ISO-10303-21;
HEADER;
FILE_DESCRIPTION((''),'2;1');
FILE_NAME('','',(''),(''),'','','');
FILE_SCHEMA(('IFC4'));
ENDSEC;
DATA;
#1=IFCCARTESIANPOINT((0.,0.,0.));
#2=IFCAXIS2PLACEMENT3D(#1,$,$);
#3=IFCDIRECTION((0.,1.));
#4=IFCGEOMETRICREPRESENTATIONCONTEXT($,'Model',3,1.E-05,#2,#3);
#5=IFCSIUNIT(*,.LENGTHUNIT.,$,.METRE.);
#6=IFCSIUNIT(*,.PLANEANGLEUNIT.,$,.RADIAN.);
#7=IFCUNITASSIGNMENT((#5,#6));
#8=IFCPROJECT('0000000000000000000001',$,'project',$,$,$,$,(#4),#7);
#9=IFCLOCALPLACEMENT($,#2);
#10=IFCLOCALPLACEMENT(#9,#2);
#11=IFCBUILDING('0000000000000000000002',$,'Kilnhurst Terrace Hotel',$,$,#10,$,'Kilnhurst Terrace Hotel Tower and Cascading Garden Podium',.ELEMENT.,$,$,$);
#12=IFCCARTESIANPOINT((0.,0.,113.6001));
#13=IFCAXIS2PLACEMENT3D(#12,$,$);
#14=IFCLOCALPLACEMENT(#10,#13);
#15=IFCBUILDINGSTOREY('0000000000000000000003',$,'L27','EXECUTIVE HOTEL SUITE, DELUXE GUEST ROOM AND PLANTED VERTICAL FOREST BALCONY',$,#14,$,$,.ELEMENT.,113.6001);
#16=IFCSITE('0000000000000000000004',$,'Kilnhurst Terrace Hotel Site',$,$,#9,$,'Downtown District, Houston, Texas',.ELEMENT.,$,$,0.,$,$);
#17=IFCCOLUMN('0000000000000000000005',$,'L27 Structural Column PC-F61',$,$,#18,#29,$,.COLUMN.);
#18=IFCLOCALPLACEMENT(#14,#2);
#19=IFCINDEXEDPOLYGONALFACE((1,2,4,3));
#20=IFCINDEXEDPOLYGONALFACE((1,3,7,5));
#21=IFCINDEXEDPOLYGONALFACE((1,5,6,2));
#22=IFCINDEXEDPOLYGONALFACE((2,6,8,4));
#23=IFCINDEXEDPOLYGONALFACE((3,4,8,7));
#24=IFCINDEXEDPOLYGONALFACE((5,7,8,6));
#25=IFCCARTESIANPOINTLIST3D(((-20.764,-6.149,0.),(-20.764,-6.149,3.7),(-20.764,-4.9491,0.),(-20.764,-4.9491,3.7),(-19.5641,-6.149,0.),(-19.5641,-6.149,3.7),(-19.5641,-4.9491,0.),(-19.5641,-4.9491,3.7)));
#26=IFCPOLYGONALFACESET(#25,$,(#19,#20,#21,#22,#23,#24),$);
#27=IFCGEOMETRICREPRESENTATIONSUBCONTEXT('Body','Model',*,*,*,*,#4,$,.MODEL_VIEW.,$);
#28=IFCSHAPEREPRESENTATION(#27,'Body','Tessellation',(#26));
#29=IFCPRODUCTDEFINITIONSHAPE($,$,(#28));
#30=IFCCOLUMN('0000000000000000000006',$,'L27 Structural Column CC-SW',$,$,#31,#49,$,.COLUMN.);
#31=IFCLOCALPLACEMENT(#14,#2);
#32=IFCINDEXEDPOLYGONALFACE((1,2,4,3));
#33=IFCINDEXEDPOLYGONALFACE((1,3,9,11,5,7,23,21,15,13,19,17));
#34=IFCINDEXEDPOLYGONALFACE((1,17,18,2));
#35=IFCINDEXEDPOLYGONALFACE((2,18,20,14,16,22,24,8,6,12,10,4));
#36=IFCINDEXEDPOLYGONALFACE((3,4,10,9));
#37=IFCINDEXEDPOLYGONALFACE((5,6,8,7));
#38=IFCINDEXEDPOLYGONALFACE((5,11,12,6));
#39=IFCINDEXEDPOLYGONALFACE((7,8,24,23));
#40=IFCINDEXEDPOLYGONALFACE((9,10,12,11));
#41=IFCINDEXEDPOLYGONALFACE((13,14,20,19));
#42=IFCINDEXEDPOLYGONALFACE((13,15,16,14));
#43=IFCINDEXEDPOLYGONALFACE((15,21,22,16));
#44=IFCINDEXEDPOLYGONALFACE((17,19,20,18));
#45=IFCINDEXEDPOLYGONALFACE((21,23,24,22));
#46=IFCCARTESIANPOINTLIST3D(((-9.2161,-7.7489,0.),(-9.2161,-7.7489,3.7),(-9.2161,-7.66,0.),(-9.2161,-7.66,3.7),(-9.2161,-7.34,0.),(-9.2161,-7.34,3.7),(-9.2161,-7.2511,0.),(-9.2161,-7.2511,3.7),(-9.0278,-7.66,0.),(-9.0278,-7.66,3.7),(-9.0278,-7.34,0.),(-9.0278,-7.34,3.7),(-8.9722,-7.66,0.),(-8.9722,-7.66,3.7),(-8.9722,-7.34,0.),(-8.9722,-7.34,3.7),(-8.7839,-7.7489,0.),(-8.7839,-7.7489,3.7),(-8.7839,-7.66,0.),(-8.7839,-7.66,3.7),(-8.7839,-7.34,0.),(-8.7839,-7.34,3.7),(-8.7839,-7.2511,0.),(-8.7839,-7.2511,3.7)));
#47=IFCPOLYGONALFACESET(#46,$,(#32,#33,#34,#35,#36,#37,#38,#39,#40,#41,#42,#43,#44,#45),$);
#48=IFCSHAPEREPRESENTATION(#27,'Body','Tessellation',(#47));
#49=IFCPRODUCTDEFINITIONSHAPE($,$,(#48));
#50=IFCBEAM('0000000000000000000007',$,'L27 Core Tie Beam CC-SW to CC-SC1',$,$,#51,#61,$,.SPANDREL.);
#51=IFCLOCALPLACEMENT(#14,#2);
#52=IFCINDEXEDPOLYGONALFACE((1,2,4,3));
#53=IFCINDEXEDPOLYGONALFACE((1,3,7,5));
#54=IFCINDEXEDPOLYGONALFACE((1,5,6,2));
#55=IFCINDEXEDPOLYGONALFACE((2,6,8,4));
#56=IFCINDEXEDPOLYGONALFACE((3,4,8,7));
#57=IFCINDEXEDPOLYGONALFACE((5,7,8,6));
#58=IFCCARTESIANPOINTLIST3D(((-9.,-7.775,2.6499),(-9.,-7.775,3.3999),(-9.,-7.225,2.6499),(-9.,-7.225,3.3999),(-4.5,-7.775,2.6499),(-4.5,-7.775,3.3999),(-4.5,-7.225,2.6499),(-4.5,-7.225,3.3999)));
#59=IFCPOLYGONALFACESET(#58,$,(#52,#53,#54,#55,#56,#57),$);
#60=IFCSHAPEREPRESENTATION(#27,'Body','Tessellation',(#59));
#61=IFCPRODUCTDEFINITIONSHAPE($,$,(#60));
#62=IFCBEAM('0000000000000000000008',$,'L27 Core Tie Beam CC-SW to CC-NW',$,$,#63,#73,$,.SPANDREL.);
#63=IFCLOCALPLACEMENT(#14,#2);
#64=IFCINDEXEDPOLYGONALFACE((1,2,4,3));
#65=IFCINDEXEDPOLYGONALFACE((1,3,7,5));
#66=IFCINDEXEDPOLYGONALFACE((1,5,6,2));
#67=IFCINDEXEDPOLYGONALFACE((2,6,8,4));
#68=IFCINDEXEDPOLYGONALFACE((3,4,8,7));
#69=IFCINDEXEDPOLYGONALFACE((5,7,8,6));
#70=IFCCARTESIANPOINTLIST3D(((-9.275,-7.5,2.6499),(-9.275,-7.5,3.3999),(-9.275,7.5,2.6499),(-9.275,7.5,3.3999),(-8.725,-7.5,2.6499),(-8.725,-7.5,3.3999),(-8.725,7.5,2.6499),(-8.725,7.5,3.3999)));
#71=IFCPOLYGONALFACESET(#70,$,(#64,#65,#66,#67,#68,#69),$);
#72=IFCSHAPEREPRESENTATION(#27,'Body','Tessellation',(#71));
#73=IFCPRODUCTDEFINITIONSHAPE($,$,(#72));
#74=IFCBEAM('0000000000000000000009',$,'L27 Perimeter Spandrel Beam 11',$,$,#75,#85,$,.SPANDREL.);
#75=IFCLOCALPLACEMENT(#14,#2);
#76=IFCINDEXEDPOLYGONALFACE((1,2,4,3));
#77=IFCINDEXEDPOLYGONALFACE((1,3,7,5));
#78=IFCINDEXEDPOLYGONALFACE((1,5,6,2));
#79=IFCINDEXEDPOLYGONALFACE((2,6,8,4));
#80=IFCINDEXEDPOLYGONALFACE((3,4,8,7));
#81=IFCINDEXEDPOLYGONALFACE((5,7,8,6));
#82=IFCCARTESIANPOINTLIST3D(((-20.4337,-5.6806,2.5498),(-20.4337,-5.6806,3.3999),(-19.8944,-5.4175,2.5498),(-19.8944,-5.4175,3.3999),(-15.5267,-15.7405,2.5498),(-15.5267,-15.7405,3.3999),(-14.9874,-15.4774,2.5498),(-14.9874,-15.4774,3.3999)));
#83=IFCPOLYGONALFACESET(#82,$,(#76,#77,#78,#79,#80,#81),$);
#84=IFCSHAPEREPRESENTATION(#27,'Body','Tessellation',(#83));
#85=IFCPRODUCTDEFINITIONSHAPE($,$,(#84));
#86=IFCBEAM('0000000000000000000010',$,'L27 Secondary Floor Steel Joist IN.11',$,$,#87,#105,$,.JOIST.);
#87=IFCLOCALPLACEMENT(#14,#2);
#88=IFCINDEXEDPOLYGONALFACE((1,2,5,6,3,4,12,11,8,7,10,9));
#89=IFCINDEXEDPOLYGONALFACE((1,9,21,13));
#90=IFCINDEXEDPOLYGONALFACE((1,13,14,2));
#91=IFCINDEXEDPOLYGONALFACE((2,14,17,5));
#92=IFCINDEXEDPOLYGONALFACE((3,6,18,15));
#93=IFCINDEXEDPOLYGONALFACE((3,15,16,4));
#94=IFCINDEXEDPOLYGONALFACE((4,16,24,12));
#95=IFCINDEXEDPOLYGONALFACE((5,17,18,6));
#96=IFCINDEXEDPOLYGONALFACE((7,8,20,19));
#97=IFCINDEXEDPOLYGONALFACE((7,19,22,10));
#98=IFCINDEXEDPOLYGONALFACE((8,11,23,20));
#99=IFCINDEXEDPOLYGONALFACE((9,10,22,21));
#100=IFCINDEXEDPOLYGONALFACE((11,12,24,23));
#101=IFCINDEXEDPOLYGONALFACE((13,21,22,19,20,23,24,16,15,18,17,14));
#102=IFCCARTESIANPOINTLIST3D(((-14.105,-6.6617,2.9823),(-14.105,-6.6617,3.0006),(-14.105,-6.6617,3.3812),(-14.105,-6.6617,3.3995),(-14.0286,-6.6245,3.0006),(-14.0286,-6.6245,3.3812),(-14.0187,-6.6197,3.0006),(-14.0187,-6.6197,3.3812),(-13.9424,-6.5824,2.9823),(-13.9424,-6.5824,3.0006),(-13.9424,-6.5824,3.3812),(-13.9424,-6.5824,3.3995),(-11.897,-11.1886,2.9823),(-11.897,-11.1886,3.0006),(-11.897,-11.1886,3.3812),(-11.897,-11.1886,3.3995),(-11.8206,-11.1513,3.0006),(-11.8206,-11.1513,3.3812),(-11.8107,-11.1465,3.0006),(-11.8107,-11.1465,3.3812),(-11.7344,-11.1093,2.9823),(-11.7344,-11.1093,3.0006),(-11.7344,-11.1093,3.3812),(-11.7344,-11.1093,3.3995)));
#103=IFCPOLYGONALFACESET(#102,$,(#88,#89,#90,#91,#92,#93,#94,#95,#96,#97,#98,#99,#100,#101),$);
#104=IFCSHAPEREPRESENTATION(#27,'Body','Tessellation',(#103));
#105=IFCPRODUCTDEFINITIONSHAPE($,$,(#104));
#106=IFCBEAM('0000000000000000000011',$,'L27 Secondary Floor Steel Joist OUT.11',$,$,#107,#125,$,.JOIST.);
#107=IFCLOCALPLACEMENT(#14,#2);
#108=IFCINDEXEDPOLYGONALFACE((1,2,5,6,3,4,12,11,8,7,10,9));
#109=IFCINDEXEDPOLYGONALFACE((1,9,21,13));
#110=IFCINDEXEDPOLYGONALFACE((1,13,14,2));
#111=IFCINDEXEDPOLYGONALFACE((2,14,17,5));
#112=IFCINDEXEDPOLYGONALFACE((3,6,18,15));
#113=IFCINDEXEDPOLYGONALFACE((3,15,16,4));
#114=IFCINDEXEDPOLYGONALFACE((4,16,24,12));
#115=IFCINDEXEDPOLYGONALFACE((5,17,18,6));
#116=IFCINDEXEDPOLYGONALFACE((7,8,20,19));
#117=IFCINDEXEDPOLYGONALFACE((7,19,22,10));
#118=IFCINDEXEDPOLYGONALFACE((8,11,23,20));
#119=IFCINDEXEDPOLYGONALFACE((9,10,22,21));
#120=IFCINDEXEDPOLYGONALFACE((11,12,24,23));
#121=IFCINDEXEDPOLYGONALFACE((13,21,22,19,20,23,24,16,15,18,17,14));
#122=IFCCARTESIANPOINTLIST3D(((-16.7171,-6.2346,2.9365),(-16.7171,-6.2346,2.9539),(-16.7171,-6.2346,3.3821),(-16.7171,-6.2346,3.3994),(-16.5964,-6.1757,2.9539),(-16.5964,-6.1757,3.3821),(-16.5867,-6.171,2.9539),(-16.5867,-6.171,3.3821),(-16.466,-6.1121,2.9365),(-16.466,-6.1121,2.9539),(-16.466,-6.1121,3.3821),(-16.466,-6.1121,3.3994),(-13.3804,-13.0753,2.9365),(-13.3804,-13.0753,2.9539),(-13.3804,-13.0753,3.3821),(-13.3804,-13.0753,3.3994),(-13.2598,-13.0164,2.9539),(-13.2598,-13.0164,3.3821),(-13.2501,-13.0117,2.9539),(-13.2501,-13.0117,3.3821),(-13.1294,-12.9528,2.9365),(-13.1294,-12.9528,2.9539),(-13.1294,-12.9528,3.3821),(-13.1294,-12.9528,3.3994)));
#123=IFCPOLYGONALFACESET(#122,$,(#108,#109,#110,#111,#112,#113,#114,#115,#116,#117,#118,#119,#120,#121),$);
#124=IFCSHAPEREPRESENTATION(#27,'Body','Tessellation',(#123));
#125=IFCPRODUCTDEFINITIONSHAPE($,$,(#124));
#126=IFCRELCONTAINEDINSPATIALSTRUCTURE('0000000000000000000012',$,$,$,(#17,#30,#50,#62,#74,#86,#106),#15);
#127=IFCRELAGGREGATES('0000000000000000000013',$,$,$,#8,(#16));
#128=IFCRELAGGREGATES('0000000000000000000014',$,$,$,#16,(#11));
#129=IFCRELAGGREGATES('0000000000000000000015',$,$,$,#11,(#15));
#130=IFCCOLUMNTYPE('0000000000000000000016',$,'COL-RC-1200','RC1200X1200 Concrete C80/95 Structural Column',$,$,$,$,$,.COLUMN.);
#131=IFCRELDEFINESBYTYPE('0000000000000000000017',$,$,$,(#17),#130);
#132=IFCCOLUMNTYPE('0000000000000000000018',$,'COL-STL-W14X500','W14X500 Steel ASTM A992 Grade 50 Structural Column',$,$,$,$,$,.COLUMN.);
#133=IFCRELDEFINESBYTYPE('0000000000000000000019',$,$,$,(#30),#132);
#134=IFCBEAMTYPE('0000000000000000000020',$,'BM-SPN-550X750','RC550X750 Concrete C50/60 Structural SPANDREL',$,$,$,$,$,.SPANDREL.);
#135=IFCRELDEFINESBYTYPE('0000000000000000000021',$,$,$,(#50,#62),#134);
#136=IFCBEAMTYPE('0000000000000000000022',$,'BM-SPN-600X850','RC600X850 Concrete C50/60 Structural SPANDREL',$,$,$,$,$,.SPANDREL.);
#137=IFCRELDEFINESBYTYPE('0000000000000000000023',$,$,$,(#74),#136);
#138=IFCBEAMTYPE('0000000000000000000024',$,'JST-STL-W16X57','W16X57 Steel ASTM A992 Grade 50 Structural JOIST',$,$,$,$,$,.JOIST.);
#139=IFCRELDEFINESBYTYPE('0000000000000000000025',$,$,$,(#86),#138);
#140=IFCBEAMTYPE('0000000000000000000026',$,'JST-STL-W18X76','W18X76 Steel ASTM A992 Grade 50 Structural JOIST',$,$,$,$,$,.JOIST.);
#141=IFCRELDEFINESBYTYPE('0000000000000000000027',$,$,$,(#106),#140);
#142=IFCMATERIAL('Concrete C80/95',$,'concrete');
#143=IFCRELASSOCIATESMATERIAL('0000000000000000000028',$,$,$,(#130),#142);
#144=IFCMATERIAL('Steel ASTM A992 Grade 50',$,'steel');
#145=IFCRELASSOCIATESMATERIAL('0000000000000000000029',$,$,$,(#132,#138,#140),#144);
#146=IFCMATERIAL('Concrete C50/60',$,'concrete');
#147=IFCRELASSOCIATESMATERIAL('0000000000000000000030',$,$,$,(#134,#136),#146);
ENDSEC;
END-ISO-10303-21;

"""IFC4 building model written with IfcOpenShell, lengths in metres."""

from ifc_helpers import new_model, si_unit, direction, frame, origin, origin_2d, place, context, subcontext, project, spatial, rectangle, i_section, extrude, material, material_profile, profile_set, type_object, element, save


model = new_model("IFC4")

# Units and contexts
model_context = context("Model", 3, precision=1e-05, world=origin(), true_north=direction((0.0, 1.0)))
body_context = subcontext(model_context, "Body", "Model", "MODEL_VIEW")
ifc_project = project(units=[si_unit("LENGTHUNIT", "METRE"), si_unit("PLANEANGLEUNIT", "RADIAN")], contexts=[model_context])

# Site, building, storey
site_placement = place(None, origin())
site = spatial("IfcSite", under=ifc_project, at=site_placement, Name="Kilnhurst Terrace Hotel Site", LongName="Downtown District, Houston, Texas", CompositionType="ELEMENT", RefElevation=0.0)
building_placement = place(site_placement, origin())
building = spatial("IfcBuilding", under=site, at=building_placement, Name="Kilnhurst Terrace Hotel", LongName="Kilnhurst Terrace Hotel Tower and Cascading Garden Podium", CompositionType="ELEMENT")
storey_placement = place(building_placement, frame((0.0, 0.0, 113.6001)))
storey = spatial("IfcBuildingStorey", under=building, at=storey_placement, Name="L27", Description="EXECUTIVE HOTEL SUITE, DELUXE GUEST ROOM AND PLANTED VERTICAL FOREST BALCONY", CompositionType="ELEMENT", Elevation=113.6001)

# Columns
ifc_material_1 = material(Name="Concrete C80/95", Category="concrete")
ifc_material_profile_1 = material_profile(ifc_material_1, rectangle(XDim=1.2, YDim=1.2, at=origin_2d()), Name="RC1200X1200")
ifc_profile_set_1 = profile_set([ifc_material_profile_1], Name="Concrete C80/95")
column_type_1 = type_object("IfcColumnType", Name="COL-RC-1200", Description="RC1200X1200 Concrete C80/95 Structural Column", PredefinedType="COLUMN", material=ifc_profile_set_1)
column_1_placement = place(storey_placement, frame((-20.1641, -5.5491, 0.0), z_axis=(0.0, 0.0, 1.0), x_axis=(1.0, 0.0, 0.0)))
element("IfcColumn", 1, at=column_1_placement, inside=storey, type_object=column_type_1, Name="L27 Structural Column PC-F61", PredefinedType="COLUMN", context=body_context, shape_type="SweptSolid", body=[
    extrude(rectangle(XDim=1.2, YDim=1.2, at=origin_2d()), origin(), (0.0, 0.0, 1.0), 3.7),
])
ifc_material_2 = material(Name="Steel ASTM A992 Grade 50", Category="steel")
ifc_material_profile_2 = material_profile(ifc_material_2, i_section(OverallWidth=0.4321, OverallDepth=0.4978, WebThickness=0.0557, FlangeThickness=0.0889, at=origin_2d()), Name="W14X500")
ifc_profile_set_2 = profile_set([ifc_material_profile_2], Name="Steel ASTM A992 Grade 50")
column_type_2 = type_object("IfcColumnType", Name="COL-STL-W14X500", Description="W14X500 Steel ASTM A992 Grade 50 Structural Column", PredefinedType="COLUMN", material=ifc_profile_set_2)
column_2_placement = place(storey_placement, frame((-9.0, -7.5, 0.0), z_axis=(0.0, 0.0, 1.0), x_axis=(1.0, 0.0, 0.0)))
element("IfcColumn", 2, at=column_2_placement, inside=storey, type_object=column_type_2, Name="L27 Structural Column CC-SW", PredefinedType="COLUMN", context=body_context, shape_type="SweptSolid", body=[
    extrude(i_section(OverallWidth=0.4321, OverallDepth=0.4978, WebThickness=0.0557, FlangeThickness=0.0889, at=origin_2d()), origin(), (0.0, 0.0, 1.0), 3.7),
])

# Beams
ifc_material_3 = material(Name="Concrete C50/60", Category="concrete")
ifc_material_profile_3 = material_profile(ifc_material_3, rectangle(XDim=0.55, YDim=0.75, at=origin_2d()), Name="RC550X750")
ifc_profile_set_3 = profile_set([ifc_material_profile_3], Name="Concrete C50/60")
beam_type_1 = type_object("IfcBeamType", Name="BM-SPN-550X750", Description="RC550X750 Concrete C50/60 Structural SPANDREL", PredefinedType="SPANDREL", material=ifc_profile_set_3)
beam_1_placement = place(storey_placement, frame((-9.0, -7.5, 3.0249), z_axis=(1.0, 0.0, 0.0), x_axis=(0.0, 1.0, 0.0)))
element("IfcBeam", 3, at=beam_1_placement, inside=storey, type_object=beam_type_1, Name="L27 Core Tie Beam CC-SW to CC-SC1", PredefinedType="SPANDREL", context=body_context, shape_type="SweptSolid", body=[
    extrude(rectangle(XDim=0.55, YDim=0.75, at=origin_2d()), origin(), (0.0, 0.0, 1.0), 4.5),
])
beam_2_placement = place(storey_placement, frame((-9.0, -7.5, 3.0249), z_axis=(0.0, 1.0, 0.0), x_axis=(-1.0, 0.0, 0.0)))
element("IfcBeam", 4, at=beam_2_placement, inside=storey, type_object=beam_type_1, Name="L27 Core Tie Beam CC-SW to CC-NW", PredefinedType="SPANDREL", context=body_context, shape_type="SweptSolid", body=[
    extrude(rectangle(XDim=0.55, YDim=0.75, at=origin_2d()), origin(), (0.0, 0.0, 1.0), 15.0),
])
ifc_material_profile_4 = material_profile(ifc_material_3, rectangle(XDim=0.6001, YDim=0.8501, at=origin_2d()), Name="RC600X850")
ifc_profile_set_4 = profile_set([ifc_material_profile_4], Name="Concrete C50/60")
beam_type_2 = type_object("IfcBeamType", Name="BM-SPN-600X850", Description="RC600X850 Concrete C50/60 Structural SPANDREL", PredefinedType="SPANDREL", material=ifc_profile_set_4)
beam_3_placement = place(storey_placement, frame((-20.1641, -5.5491, 2.9749), z_axis=(0.438406, -0.898777, 0.0), x_axis=(0.898777, 0.438406, 0.0)))
element("IfcBeam", 5, at=beam_3_placement, inside=storey, type_object=beam_type_2, Name="L27 Perimeter Spandrel Beam 11", PredefinedType="SPANDREL", context=body_context, shape_type="SweptSolid", body=[
    extrude(rectangle(XDim=0.6001, YDim=0.8501, at=origin_2d()), origin(), (0.0, 0.0, 1.0), 11.1929),
])
ifc_material_profile_5 = material_profile(ifc_material_2, i_section(OverallWidth=0.1809, OverallDepth=0.4172, WebThickness=0.011, FlangeThickness=0.0183, at=origin_2d()), Name="W16X57")
ifc_profile_set_5 = profile_set([ifc_material_profile_5], Name="Steel ASTM A992 Grade 50")
beam_type_3 = type_object("IfcBeamType", Name="JST-STL-W16X57", Description="W16X57 Steel ASTM A992 Grade 50 Structural JOIST", PredefinedType="JOIST", material=ifc_profile_set_5)
beam_4_placement = place(storey_placement, frame((-14.0237, -6.6221, 3.1909), z_axis=(0.438389, -0.898785, 0.0), x_axis=(0.898785, 0.438389, 0.0)))
element("IfcBeam", 6, at=beam_4_placement, inside=storey, type_object=beam_type_3, Name="L27 Secondary Floor Steel Joist IN.11", PredefinedType="JOIST", context=body_context, shape_type="SweptSolid", body=[
    extrude(i_section(OverallWidth=0.1809, OverallDepth=0.4172, WebThickness=0.011, FlangeThickness=0.0183, at=origin_2d()), origin(), (0.0, 0.0, 1.0), 5.0366),
])
ifc_material_profile_6 = material_profile(ifc_material_2, i_section(OverallWidth=0.2793, OverallDepth=0.4629, WebThickness=0.0107, FlangeThickness=0.0173, at=origin_2d()), Name="W18X76")
ifc_profile_set_6 = profile_set([ifc_material_profile_6], Name="Steel ASTM A992 Grade 50")
beam_type_4 = type_object("IfcBeamType", Name="JST-STL-W18X76", Description="W18X76 Steel ASTM A992 Grade 50 Structural JOIST", PredefinedType="JOIST", material=ifc_profile_set_6)
beam_5_placement = place(storey_placement, frame((-16.5916, -6.1733, 3.168), z_axis=(0.43839, -0.898785, 0.0), x_axis=(0.898785, 0.43839, 0.0)))
element("IfcBeam", 7, at=beam_5_placement, inside=storey, type_object=beam_type_4, Name="L27 Secondary Floor Steel Joist OUT.11", PredefinedType="JOIST", context=body_context, shape_type="SweptSolid", body=[
    extrude(i_section(OverallWidth=0.2793, OverallDepth=0.4629, WebThickness=0.0107, FlangeThickness=0.0173, at=origin_2d()), origin(), (0.0, 0.0, 1.0), 7.6111),
])

save(model, "model.ifc")
